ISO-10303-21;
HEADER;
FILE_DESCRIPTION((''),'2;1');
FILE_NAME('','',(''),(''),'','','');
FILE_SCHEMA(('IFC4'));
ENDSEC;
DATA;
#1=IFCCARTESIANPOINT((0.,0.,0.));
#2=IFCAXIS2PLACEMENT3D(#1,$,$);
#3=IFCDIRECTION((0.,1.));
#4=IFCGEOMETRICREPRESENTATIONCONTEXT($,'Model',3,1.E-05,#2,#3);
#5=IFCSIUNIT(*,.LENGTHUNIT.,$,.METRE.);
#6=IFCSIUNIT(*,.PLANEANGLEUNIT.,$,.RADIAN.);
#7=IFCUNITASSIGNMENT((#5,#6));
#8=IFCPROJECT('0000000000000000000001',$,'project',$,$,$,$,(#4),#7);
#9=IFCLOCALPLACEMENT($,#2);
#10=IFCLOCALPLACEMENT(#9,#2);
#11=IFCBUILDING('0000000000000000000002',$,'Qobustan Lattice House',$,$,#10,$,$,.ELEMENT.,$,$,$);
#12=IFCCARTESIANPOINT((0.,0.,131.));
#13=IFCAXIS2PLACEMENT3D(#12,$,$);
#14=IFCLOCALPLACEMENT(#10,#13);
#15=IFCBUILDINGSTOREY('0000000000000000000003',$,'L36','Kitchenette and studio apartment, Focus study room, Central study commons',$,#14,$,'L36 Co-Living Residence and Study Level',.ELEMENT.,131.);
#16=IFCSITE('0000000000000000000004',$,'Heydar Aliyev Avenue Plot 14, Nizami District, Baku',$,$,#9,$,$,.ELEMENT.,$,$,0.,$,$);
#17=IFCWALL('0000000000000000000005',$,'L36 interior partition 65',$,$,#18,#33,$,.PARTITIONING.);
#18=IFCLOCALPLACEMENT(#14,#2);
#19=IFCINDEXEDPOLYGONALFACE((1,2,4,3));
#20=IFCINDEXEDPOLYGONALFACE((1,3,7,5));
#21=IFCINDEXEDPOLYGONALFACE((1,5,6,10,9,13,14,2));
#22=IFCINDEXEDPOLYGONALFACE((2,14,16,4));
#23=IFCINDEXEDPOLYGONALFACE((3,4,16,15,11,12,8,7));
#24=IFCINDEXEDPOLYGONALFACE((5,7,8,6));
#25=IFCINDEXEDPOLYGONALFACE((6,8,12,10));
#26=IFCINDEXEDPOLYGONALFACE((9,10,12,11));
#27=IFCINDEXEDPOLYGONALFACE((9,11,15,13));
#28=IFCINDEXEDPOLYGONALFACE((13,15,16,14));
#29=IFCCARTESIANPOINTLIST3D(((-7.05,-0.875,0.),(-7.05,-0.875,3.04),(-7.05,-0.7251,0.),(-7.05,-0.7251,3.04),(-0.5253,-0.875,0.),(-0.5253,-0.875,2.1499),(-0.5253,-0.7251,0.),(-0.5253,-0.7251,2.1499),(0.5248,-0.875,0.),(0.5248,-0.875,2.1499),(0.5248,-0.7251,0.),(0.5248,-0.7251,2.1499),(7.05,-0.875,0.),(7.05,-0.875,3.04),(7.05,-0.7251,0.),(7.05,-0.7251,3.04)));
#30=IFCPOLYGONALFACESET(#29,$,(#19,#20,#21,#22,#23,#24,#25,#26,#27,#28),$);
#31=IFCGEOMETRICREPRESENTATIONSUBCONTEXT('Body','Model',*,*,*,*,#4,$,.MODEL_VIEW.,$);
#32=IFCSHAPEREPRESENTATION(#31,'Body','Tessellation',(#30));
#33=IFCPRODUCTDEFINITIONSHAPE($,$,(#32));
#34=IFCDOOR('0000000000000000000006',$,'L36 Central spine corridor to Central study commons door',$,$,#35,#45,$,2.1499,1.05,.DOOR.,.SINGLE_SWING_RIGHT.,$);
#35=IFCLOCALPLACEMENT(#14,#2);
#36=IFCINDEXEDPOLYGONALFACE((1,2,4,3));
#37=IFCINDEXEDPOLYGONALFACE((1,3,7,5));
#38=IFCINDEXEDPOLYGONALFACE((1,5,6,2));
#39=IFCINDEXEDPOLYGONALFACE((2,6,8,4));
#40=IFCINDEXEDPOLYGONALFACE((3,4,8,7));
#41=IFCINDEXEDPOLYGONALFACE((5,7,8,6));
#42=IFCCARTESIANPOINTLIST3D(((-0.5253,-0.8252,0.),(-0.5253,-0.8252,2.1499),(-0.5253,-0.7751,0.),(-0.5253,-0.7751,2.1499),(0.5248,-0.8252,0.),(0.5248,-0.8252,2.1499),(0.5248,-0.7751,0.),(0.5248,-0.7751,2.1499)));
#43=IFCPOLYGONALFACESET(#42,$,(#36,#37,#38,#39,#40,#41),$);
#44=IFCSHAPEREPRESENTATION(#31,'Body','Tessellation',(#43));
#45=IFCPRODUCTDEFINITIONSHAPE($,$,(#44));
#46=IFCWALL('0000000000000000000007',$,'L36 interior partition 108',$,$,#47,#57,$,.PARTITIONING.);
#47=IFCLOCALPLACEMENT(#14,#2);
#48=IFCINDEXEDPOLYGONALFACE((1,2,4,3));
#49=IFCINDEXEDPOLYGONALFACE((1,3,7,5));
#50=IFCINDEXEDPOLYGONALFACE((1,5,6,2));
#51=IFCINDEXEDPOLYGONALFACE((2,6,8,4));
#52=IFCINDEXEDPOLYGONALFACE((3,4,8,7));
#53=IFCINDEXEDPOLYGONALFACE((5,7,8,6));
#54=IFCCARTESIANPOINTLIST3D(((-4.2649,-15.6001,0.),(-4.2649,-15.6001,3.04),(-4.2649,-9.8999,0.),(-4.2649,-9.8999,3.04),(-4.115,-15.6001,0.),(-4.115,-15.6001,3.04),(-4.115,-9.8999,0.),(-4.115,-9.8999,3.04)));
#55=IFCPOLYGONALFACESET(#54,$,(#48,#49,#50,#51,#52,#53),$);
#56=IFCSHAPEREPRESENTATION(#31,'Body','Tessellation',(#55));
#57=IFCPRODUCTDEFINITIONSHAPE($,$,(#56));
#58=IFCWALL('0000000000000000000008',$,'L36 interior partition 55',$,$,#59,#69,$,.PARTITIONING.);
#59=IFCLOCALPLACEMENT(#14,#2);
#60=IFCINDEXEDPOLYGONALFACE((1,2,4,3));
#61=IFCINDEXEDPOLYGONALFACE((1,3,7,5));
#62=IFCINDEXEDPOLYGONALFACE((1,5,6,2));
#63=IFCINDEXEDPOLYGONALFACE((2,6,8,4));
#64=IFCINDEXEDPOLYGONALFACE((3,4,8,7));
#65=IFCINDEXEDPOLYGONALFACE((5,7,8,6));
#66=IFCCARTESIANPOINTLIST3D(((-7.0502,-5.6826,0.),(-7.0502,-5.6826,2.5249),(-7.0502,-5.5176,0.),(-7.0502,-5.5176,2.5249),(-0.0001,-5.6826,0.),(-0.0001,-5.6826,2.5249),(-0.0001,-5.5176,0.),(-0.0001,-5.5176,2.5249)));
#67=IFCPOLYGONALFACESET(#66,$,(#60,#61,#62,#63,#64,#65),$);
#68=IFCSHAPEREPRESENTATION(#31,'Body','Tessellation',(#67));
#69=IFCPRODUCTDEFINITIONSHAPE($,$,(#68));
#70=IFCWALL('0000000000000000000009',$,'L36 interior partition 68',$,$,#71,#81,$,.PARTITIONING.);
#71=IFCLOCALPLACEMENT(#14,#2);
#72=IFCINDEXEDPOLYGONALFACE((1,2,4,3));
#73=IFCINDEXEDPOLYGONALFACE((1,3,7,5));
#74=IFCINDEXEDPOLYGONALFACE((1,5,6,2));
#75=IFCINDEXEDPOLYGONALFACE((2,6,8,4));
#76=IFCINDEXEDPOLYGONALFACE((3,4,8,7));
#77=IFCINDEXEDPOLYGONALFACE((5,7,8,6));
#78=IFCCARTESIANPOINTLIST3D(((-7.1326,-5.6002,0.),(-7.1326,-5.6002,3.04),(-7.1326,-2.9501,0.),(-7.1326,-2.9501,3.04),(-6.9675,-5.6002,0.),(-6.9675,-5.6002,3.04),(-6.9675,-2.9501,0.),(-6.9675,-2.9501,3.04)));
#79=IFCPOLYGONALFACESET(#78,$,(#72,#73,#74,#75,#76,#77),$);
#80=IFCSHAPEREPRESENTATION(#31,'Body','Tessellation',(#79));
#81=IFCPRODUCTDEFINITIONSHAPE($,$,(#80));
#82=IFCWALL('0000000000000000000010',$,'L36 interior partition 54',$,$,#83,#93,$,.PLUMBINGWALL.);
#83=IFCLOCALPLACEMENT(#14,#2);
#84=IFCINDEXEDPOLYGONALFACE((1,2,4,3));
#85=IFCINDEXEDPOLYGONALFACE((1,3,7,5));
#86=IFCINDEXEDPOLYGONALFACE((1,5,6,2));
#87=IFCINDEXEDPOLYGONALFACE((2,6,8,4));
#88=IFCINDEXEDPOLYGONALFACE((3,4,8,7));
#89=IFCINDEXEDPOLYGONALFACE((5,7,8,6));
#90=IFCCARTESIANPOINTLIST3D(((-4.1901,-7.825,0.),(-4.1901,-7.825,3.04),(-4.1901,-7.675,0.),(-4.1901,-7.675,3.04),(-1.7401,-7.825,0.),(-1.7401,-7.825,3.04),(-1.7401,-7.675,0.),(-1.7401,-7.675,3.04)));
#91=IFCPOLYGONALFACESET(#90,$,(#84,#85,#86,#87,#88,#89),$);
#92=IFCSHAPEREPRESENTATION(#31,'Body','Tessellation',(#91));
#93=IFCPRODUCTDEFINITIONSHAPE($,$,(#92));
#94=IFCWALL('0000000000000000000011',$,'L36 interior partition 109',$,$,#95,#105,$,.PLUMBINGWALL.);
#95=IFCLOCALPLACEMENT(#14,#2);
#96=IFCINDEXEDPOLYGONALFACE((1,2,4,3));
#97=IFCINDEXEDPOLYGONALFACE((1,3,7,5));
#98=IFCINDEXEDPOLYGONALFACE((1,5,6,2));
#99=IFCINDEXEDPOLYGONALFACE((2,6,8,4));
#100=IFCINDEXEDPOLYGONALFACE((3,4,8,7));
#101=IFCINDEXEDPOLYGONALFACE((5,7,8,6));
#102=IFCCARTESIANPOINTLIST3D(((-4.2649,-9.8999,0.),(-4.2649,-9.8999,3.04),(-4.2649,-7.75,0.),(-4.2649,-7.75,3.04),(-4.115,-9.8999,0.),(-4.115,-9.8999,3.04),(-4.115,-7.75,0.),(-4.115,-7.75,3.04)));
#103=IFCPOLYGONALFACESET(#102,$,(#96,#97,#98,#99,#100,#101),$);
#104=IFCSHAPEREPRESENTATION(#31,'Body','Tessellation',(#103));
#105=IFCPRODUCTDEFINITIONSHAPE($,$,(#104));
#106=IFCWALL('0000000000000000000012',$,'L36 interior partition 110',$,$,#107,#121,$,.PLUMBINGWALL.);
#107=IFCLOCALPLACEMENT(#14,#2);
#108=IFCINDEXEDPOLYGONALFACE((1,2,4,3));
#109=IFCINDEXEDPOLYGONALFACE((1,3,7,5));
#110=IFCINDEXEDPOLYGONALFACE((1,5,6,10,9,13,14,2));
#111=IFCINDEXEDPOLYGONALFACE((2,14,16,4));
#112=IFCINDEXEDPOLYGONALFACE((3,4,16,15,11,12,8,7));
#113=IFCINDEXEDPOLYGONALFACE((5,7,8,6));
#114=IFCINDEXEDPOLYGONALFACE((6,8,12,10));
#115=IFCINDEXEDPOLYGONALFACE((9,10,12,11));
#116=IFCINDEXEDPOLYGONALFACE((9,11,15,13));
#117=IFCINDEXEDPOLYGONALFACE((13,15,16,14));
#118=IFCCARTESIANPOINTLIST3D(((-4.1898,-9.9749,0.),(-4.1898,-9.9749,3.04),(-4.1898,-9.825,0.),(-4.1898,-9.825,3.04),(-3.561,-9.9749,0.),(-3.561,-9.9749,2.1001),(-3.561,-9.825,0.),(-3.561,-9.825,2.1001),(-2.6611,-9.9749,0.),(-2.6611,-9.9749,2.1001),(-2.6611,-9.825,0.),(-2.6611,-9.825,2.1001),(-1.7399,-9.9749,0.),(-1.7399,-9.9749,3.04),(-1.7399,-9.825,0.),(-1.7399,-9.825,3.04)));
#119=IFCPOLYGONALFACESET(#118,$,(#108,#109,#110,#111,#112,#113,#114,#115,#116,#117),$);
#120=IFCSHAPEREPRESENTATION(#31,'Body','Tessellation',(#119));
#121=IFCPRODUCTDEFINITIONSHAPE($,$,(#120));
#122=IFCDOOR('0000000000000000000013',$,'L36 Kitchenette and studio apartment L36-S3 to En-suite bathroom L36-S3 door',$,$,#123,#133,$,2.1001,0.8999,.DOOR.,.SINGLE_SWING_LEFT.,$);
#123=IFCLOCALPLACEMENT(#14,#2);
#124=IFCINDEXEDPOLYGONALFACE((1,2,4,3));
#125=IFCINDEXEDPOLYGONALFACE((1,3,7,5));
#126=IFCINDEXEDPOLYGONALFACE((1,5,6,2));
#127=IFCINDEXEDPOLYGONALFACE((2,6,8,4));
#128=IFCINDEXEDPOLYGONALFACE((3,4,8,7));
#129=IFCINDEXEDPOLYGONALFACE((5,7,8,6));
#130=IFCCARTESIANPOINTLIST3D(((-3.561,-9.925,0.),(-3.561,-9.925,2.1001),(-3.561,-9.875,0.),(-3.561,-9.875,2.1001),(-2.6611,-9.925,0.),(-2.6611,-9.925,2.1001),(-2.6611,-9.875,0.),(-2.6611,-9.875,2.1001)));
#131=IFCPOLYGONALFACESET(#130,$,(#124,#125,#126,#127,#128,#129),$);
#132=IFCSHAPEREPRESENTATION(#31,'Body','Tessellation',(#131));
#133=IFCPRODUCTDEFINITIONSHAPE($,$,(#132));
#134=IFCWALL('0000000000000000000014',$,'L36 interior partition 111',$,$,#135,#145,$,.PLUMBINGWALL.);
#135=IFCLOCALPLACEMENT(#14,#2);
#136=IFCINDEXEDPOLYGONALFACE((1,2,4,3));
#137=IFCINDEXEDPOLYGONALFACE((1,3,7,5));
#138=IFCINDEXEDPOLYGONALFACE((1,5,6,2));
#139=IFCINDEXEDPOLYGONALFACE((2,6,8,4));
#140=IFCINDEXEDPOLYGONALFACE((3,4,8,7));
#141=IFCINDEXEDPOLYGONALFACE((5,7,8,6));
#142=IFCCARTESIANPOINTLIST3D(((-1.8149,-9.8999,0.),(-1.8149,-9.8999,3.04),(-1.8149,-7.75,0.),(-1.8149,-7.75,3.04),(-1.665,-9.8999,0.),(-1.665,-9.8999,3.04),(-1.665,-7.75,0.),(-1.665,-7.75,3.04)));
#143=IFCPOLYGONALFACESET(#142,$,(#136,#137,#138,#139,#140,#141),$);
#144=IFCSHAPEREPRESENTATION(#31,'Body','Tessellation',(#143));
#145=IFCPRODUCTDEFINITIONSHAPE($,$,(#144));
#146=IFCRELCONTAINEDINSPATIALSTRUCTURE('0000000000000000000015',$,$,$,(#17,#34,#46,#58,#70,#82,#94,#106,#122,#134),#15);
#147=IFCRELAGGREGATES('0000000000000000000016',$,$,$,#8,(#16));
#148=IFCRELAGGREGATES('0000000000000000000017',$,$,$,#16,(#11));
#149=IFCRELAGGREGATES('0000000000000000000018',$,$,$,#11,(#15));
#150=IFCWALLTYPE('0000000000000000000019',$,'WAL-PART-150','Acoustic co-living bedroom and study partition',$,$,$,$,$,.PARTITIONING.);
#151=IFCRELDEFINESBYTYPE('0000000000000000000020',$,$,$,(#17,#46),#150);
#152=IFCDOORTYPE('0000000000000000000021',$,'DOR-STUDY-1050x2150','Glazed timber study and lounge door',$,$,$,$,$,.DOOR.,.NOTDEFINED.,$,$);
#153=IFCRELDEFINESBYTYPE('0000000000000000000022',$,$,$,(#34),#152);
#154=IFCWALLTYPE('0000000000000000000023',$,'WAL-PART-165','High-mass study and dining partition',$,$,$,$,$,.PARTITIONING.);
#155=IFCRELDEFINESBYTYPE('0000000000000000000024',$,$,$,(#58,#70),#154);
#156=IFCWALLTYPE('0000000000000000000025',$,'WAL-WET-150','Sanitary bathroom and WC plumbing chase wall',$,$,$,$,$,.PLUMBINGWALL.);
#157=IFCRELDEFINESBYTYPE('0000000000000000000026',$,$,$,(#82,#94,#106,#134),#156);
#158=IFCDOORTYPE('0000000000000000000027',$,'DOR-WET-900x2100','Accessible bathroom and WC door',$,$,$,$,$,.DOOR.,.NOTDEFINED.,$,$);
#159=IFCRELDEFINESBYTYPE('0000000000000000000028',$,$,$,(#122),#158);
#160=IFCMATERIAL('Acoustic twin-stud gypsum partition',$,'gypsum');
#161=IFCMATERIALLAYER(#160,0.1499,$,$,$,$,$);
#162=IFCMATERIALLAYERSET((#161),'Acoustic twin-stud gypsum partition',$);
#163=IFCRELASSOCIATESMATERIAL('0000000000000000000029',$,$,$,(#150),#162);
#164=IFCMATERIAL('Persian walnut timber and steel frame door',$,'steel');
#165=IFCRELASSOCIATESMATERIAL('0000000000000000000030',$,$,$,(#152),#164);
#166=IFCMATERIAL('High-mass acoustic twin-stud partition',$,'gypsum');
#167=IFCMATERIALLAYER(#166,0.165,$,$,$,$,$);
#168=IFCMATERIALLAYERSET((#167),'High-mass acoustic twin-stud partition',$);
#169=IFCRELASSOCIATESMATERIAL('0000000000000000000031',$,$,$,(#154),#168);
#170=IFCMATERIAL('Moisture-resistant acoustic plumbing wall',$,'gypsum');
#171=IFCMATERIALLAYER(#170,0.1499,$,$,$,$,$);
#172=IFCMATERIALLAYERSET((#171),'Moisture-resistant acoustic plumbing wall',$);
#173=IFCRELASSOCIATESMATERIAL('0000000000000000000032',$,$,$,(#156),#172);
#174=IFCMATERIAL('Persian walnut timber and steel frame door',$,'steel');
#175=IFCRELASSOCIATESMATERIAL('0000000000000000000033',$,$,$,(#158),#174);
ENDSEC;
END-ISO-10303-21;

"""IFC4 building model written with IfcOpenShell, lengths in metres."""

from ifc_helpers import new_model, si_unit, direction, frame, frame_2d, origin, place, context, subcontext, project, spatial, rectangle, extrude, material, layer, layer_set, type_object, element, fill, save


model = new_model("IFC4")

# Units and contexts
model_context = context("Model", 3, precision=1e-05, world=origin(), true_north=direction((0.0, 1.0)))
body_context = subcontext(model_context, "Body", "Model", "MODEL_VIEW")
ifc_project = project(units=[si_unit("LENGTHUNIT", "METRE"), si_unit("PLANEANGLEUNIT", "RADIAN")], contexts=[model_context])

# Site, building, storey
site_placement = place(None, origin())
site = spatial("IfcSite", under=ifc_project, at=site_placement, Name="Heydar Aliyev Avenue Plot 14, Nizami District, Baku", CompositionType="ELEMENT", RefElevation=0.0)
building_placement = place(site_placement, origin())
building = spatial("IfcBuilding", under=site, at=building_placement, Name="Qobustan Lattice House", CompositionType="ELEMENT")
storey_placement = place(building_placement, frame((0.0, 0.0, 131.0)))
storey = spatial("IfcBuildingStorey", under=building, at=storey_placement, Name="L36", Description="Kitchenette and studio apartment, Focus study room, Central study commons", LongName="L36 Co-Living Residence and Study Level", CompositionType="ELEMENT", Elevation=131.0)

# Wall, opening, door
ifc_material_1 = material(Name="Acoustic twin-stud gypsum partition", Category="gypsum")
ifc_layer_1 = layer(ifc_material_1, 0.1499)
ifc_layer_set_1 = layer_set([ifc_layer_1], Name="Acoustic twin-stud gypsum partition")
wall_type_1 = type_object("IfcWallType", Name="WAL-PART-150", Description="Acoustic co-living bedroom and study partition", PredefinedType="PARTITIONING", material=ifc_layer_set_1)
wall_1_placement = place(storey_placement, frame((-7.05, -0.8, 0.0), z_axis=(0.0, 0.0, 1.0), x_axis=(1.0, 0.0, 0.0)))
wall_1 = element("IfcWall", 1, at=wall_1_placement, inside=storey, type_object=wall_type_1, Name="L36 interior partition 65", PredefinedType="PARTITIONING", context=body_context, shape_type="SweptSolid", body=[
    extrude(rectangle(XDim=14.1001, YDim=0.1499, at=frame_2d((7.05, 0.0))), origin(), (0.0, 0.0, 1.0), 3.04),
])
opening_1_placement = place(wall_1_placement, frame((6.5249, 0.0, 0.0)))
opening_1 = element("IfcOpeningElement", 2, at=opening_1_placement, cuts=wall_1, PredefinedType="OPENING", context=body_context, shape_type="SweptSolid", body=[
    extrude(rectangle(XDim=1.05, YDim=2.1499, at=frame_2d((0.5249, 1.075))), frame((0.0, 0.085, 0.0), z_axis=(0.0, -1.0, 0.0), x_axis=(1.0, 0.0, 0.0)), (0.0, 0.0, 1.0), 0.1699),
])
ifc_material_2 = material(Name="Persian walnut timber and steel frame door", Category="steel")
door_type_1 = type_object("IfcDoorType", Name="DOR-STUDY-1050x2150", Description="Glazed timber study and lounge door", OperationType="NOTDEFINED", PredefinedType="DOOR", material=ifc_material_2)
door_1_placement = place(opening_1_placement, origin())
door_1 = element("IfcDoor", 3, at=door_1_placement, inside=storey, type_object=door_type_1, Name="L36 Central spine corridor to Central study commons door", OperationType="SINGLE_SWING_RIGHT", OverallHeight=2.1499, OverallWidth=1.05, PredefinedType="DOOR", context=body_context, shape_type="SweptSolid", body=[
    extrude(rectangle(XDim=1.05, YDim=2.1499, at=frame_2d((0.5249, 1.075))), frame((0.0, 0.0249, 0.0), z_axis=(0.0, -1.0, 0.0), x_axis=(1.0, 0.0, 0.0)), (0.0, 0.0, 1.0), 0.05),
])
fill(opening_1, door_1)

# Walls
wall_2_placement = place(storey_placement, frame((-4.1899, -9.8999, 0.0), z_axis=(0.0, 0.0, 1.0), x_axis=(0.0, -1.0, 0.0)))
element("IfcWall", 4, at=wall_2_placement, inside=storey, type_object=wall_type_1, Name="L36 interior partition 108", PredefinedType="PARTITIONING", context=body_context, shape_type="SweptSolid", body=[
    extrude(rectangle(XDim=5.7002, YDim=0.1499, at=frame_2d((2.8501, 0.0))), origin(), (0.0, 0.0, 1.0), 3.04),
])
ifc_material_3 = material(Name="High-mass acoustic twin-stud partition", Category="gypsum")
ifc_layer_2 = layer(ifc_material_3, 0.165)
ifc_layer_set_2 = layer_set([ifc_layer_2], Name="High-mass acoustic twin-stud partition")
wall_type_2 = type_object("IfcWallType", Name="WAL-PART-165", Description="High-mass study and dining partition", PredefinedType="PARTITIONING", material=ifc_layer_set_2)
wall_3_placement = place(storey_placement, frame((-7.05, -5.6001, 0.0), z_axis=(0.0, 0.0, 1.0), x_axis=(1.0, 0.0, 0.0)))
element("IfcWall", 5, at=wall_3_placement, inside=storey, type_object=wall_type_2, Name="L36 interior partition 55", PredefinedType="PARTITIONING", context=body_context, shape_type="SweptSolid", body=[
    extrude(rectangle(XDim=7.05, YDim=0.165, at=frame_2d((3.5249, 0.0))), origin(), (0.0, 0.0, 1.0), 2.5249),
])
wall_4_placement = place(storey_placement, frame((-7.05, -2.95, 0.0), z_axis=(0.0, 0.0, 1.0), x_axis=(0.0, -1.0, 0.0)))
element("IfcWall", 6, at=wall_4_placement, inside=storey, type_object=wall_type_2, Name="L36 interior partition 68", PredefinedType="PARTITIONING", context=body_context, shape_type="SweptSolid", body=[
    extrude(rectangle(XDim=2.6501, YDim=0.165, at=frame_2d((1.3252, 0.0))), origin(), (0.0, 0.0, 1.0), 3.04),
])
ifc_material_4 = material(Name="Moisture-resistant acoustic plumbing wall", Category="gypsum")
ifc_layer_3 = layer(ifc_material_4, 0.1499)
ifc_layer_set_3 = layer_set([ifc_layer_3], Name="Moisture-resistant acoustic plumbing wall")
wall_type_3 = type_object("IfcWallType", Name="WAL-WET-150", Description="Sanitary bathroom and WC plumbing chase wall", PredefinedType="PLUMBINGWALL", material=ifc_layer_set_3)
wall_5_placement = place(storey_placement, frame((-1.74, -7.75, 0.0), z_axis=(0.0, 0.0, 1.0), x_axis=(-1.0, 0.0, 0.0)))
element("IfcWall", 7, at=wall_5_placement, inside=storey, type_object=wall_type_3, Name="L36 interior partition 54", PredefinedType="PLUMBINGWALL", context=body_context, shape_type="SweptSolid", body=[
    extrude(rectangle(XDim=2.45, YDim=0.1499, at=frame_2d((1.2251, 0.0))), origin(), (0.0, 0.0, 1.0), 3.04),
])
wall_6_placement = place(storey_placement, frame((-4.1899, -7.75, 0.0), z_axis=(0.0, 0.0, 1.0), x_axis=(0.0, -1.0, 0.0)))
element("IfcWall", 8, at=wall_6_placement, inside=storey, type_object=wall_type_3, Name="L36 interior partition 109", PredefinedType="PLUMBINGWALL", context=body_context, shape_type="SweptSolid", body=[
    extrude(rectangle(XDim=2.1499, YDim=0.1499, at=frame_2d((1.075, 0.0))), origin(), (0.0, 0.0, 1.0), 3.04),
])

# Wall, opening, door
wall_7_placement = place(storey_placement, frame((-4.1899, -9.8999, 0.0), z_axis=(0.0, 0.0, 1.0), x_axis=(1.0, 0.0, 0.0)))
wall_7 = element("IfcWall", 9, at=wall_7_placement, inside=storey, type_object=wall_type_3, Name="L36 interior partition 110", PredefinedType="PLUMBINGWALL", context=body_context, shape_type="SweptSolid", body=[
    extrude(rectangle(XDim=2.45, YDim=0.1499, at=frame_2d((1.2251, 0.0))), origin(), (0.0, 0.0, 1.0), 3.04),
])
opening_2_placement = place(wall_7_placement, frame((0.6289, 0.0, 0.0)))
opening_2 = element("IfcOpeningElement", 10, at=opening_2_placement, cuts=wall_7, PredefinedType="OPENING", context=body_context, shape_type="SweptSolid", body=[
    extrude(rectangle(XDim=0.8999, YDim=2.1001, at=frame_2d((0.45, 1.05))), frame((0.0, 0.085, 0.0), z_axis=(0.0, -1.0, 0.0), x_axis=(1.0, 0.0, 0.0)), (0.0, 0.0, 1.0), 0.1699),
])
ifc_material_5 = material(Name="Persian walnut timber and steel frame door", Category="steel")
door_type_2 = type_object("IfcDoorType", Name="DOR-WET-900x2100", Description="Accessible bathroom and WC door", OperationType="NOTDEFINED", PredefinedType="DOOR", material=ifc_material_5)
door_2_placement = place(opening_2_placement, origin())
door_2 = element("IfcDoor", 11, at=door_2_placement, inside=storey, type_object=door_type_2, Name="L36 Kitchenette and studio apartment L36-S3 to En-suite bathroom L36-S3 door", OperationType="SINGLE_SWING_LEFT", OverallHeight=2.1001, OverallWidth=0.8999, PredefinedType="DOOR", context=body_context, shape_type="SweptSolid", body=[
    extrude(rectangle(XDim=0.8999, YDim=2.1001, at=frame_2d((0.45, 1.05))), frame((0.0, 0.0249, 0.0), z_axis=(0.0, -1.0, 0.0), x_axis=(1.0, 0.0, 0.0)), (0.0, 0.0, 1.0), 0.05),
])
fill(opening_2, door_2)

# Wall
wall_8_placement = place(storey_placement, frame((-1.74, -9.8999, 0.0), z_axis=(0.0, 0.0, 1.0), x_axis=(0.0, 1.0, 0.0)))
element("IfcWall", 12, at=wall_8_placement, inside=storey, type_object=wall_type_3, Name="L36 interior partition 111", PredefinedType="PLUMBINGWALL", context=body_context, shape_type="SweptSolid", body=[
    extrude(rectangle(XDim=2.1499, YDim=0.1499, at=frame_2d((1.075, 0.0))), origin(), (0.0, 0.0, 1.0), 3.04),
])

save(model, "model.ifc")
